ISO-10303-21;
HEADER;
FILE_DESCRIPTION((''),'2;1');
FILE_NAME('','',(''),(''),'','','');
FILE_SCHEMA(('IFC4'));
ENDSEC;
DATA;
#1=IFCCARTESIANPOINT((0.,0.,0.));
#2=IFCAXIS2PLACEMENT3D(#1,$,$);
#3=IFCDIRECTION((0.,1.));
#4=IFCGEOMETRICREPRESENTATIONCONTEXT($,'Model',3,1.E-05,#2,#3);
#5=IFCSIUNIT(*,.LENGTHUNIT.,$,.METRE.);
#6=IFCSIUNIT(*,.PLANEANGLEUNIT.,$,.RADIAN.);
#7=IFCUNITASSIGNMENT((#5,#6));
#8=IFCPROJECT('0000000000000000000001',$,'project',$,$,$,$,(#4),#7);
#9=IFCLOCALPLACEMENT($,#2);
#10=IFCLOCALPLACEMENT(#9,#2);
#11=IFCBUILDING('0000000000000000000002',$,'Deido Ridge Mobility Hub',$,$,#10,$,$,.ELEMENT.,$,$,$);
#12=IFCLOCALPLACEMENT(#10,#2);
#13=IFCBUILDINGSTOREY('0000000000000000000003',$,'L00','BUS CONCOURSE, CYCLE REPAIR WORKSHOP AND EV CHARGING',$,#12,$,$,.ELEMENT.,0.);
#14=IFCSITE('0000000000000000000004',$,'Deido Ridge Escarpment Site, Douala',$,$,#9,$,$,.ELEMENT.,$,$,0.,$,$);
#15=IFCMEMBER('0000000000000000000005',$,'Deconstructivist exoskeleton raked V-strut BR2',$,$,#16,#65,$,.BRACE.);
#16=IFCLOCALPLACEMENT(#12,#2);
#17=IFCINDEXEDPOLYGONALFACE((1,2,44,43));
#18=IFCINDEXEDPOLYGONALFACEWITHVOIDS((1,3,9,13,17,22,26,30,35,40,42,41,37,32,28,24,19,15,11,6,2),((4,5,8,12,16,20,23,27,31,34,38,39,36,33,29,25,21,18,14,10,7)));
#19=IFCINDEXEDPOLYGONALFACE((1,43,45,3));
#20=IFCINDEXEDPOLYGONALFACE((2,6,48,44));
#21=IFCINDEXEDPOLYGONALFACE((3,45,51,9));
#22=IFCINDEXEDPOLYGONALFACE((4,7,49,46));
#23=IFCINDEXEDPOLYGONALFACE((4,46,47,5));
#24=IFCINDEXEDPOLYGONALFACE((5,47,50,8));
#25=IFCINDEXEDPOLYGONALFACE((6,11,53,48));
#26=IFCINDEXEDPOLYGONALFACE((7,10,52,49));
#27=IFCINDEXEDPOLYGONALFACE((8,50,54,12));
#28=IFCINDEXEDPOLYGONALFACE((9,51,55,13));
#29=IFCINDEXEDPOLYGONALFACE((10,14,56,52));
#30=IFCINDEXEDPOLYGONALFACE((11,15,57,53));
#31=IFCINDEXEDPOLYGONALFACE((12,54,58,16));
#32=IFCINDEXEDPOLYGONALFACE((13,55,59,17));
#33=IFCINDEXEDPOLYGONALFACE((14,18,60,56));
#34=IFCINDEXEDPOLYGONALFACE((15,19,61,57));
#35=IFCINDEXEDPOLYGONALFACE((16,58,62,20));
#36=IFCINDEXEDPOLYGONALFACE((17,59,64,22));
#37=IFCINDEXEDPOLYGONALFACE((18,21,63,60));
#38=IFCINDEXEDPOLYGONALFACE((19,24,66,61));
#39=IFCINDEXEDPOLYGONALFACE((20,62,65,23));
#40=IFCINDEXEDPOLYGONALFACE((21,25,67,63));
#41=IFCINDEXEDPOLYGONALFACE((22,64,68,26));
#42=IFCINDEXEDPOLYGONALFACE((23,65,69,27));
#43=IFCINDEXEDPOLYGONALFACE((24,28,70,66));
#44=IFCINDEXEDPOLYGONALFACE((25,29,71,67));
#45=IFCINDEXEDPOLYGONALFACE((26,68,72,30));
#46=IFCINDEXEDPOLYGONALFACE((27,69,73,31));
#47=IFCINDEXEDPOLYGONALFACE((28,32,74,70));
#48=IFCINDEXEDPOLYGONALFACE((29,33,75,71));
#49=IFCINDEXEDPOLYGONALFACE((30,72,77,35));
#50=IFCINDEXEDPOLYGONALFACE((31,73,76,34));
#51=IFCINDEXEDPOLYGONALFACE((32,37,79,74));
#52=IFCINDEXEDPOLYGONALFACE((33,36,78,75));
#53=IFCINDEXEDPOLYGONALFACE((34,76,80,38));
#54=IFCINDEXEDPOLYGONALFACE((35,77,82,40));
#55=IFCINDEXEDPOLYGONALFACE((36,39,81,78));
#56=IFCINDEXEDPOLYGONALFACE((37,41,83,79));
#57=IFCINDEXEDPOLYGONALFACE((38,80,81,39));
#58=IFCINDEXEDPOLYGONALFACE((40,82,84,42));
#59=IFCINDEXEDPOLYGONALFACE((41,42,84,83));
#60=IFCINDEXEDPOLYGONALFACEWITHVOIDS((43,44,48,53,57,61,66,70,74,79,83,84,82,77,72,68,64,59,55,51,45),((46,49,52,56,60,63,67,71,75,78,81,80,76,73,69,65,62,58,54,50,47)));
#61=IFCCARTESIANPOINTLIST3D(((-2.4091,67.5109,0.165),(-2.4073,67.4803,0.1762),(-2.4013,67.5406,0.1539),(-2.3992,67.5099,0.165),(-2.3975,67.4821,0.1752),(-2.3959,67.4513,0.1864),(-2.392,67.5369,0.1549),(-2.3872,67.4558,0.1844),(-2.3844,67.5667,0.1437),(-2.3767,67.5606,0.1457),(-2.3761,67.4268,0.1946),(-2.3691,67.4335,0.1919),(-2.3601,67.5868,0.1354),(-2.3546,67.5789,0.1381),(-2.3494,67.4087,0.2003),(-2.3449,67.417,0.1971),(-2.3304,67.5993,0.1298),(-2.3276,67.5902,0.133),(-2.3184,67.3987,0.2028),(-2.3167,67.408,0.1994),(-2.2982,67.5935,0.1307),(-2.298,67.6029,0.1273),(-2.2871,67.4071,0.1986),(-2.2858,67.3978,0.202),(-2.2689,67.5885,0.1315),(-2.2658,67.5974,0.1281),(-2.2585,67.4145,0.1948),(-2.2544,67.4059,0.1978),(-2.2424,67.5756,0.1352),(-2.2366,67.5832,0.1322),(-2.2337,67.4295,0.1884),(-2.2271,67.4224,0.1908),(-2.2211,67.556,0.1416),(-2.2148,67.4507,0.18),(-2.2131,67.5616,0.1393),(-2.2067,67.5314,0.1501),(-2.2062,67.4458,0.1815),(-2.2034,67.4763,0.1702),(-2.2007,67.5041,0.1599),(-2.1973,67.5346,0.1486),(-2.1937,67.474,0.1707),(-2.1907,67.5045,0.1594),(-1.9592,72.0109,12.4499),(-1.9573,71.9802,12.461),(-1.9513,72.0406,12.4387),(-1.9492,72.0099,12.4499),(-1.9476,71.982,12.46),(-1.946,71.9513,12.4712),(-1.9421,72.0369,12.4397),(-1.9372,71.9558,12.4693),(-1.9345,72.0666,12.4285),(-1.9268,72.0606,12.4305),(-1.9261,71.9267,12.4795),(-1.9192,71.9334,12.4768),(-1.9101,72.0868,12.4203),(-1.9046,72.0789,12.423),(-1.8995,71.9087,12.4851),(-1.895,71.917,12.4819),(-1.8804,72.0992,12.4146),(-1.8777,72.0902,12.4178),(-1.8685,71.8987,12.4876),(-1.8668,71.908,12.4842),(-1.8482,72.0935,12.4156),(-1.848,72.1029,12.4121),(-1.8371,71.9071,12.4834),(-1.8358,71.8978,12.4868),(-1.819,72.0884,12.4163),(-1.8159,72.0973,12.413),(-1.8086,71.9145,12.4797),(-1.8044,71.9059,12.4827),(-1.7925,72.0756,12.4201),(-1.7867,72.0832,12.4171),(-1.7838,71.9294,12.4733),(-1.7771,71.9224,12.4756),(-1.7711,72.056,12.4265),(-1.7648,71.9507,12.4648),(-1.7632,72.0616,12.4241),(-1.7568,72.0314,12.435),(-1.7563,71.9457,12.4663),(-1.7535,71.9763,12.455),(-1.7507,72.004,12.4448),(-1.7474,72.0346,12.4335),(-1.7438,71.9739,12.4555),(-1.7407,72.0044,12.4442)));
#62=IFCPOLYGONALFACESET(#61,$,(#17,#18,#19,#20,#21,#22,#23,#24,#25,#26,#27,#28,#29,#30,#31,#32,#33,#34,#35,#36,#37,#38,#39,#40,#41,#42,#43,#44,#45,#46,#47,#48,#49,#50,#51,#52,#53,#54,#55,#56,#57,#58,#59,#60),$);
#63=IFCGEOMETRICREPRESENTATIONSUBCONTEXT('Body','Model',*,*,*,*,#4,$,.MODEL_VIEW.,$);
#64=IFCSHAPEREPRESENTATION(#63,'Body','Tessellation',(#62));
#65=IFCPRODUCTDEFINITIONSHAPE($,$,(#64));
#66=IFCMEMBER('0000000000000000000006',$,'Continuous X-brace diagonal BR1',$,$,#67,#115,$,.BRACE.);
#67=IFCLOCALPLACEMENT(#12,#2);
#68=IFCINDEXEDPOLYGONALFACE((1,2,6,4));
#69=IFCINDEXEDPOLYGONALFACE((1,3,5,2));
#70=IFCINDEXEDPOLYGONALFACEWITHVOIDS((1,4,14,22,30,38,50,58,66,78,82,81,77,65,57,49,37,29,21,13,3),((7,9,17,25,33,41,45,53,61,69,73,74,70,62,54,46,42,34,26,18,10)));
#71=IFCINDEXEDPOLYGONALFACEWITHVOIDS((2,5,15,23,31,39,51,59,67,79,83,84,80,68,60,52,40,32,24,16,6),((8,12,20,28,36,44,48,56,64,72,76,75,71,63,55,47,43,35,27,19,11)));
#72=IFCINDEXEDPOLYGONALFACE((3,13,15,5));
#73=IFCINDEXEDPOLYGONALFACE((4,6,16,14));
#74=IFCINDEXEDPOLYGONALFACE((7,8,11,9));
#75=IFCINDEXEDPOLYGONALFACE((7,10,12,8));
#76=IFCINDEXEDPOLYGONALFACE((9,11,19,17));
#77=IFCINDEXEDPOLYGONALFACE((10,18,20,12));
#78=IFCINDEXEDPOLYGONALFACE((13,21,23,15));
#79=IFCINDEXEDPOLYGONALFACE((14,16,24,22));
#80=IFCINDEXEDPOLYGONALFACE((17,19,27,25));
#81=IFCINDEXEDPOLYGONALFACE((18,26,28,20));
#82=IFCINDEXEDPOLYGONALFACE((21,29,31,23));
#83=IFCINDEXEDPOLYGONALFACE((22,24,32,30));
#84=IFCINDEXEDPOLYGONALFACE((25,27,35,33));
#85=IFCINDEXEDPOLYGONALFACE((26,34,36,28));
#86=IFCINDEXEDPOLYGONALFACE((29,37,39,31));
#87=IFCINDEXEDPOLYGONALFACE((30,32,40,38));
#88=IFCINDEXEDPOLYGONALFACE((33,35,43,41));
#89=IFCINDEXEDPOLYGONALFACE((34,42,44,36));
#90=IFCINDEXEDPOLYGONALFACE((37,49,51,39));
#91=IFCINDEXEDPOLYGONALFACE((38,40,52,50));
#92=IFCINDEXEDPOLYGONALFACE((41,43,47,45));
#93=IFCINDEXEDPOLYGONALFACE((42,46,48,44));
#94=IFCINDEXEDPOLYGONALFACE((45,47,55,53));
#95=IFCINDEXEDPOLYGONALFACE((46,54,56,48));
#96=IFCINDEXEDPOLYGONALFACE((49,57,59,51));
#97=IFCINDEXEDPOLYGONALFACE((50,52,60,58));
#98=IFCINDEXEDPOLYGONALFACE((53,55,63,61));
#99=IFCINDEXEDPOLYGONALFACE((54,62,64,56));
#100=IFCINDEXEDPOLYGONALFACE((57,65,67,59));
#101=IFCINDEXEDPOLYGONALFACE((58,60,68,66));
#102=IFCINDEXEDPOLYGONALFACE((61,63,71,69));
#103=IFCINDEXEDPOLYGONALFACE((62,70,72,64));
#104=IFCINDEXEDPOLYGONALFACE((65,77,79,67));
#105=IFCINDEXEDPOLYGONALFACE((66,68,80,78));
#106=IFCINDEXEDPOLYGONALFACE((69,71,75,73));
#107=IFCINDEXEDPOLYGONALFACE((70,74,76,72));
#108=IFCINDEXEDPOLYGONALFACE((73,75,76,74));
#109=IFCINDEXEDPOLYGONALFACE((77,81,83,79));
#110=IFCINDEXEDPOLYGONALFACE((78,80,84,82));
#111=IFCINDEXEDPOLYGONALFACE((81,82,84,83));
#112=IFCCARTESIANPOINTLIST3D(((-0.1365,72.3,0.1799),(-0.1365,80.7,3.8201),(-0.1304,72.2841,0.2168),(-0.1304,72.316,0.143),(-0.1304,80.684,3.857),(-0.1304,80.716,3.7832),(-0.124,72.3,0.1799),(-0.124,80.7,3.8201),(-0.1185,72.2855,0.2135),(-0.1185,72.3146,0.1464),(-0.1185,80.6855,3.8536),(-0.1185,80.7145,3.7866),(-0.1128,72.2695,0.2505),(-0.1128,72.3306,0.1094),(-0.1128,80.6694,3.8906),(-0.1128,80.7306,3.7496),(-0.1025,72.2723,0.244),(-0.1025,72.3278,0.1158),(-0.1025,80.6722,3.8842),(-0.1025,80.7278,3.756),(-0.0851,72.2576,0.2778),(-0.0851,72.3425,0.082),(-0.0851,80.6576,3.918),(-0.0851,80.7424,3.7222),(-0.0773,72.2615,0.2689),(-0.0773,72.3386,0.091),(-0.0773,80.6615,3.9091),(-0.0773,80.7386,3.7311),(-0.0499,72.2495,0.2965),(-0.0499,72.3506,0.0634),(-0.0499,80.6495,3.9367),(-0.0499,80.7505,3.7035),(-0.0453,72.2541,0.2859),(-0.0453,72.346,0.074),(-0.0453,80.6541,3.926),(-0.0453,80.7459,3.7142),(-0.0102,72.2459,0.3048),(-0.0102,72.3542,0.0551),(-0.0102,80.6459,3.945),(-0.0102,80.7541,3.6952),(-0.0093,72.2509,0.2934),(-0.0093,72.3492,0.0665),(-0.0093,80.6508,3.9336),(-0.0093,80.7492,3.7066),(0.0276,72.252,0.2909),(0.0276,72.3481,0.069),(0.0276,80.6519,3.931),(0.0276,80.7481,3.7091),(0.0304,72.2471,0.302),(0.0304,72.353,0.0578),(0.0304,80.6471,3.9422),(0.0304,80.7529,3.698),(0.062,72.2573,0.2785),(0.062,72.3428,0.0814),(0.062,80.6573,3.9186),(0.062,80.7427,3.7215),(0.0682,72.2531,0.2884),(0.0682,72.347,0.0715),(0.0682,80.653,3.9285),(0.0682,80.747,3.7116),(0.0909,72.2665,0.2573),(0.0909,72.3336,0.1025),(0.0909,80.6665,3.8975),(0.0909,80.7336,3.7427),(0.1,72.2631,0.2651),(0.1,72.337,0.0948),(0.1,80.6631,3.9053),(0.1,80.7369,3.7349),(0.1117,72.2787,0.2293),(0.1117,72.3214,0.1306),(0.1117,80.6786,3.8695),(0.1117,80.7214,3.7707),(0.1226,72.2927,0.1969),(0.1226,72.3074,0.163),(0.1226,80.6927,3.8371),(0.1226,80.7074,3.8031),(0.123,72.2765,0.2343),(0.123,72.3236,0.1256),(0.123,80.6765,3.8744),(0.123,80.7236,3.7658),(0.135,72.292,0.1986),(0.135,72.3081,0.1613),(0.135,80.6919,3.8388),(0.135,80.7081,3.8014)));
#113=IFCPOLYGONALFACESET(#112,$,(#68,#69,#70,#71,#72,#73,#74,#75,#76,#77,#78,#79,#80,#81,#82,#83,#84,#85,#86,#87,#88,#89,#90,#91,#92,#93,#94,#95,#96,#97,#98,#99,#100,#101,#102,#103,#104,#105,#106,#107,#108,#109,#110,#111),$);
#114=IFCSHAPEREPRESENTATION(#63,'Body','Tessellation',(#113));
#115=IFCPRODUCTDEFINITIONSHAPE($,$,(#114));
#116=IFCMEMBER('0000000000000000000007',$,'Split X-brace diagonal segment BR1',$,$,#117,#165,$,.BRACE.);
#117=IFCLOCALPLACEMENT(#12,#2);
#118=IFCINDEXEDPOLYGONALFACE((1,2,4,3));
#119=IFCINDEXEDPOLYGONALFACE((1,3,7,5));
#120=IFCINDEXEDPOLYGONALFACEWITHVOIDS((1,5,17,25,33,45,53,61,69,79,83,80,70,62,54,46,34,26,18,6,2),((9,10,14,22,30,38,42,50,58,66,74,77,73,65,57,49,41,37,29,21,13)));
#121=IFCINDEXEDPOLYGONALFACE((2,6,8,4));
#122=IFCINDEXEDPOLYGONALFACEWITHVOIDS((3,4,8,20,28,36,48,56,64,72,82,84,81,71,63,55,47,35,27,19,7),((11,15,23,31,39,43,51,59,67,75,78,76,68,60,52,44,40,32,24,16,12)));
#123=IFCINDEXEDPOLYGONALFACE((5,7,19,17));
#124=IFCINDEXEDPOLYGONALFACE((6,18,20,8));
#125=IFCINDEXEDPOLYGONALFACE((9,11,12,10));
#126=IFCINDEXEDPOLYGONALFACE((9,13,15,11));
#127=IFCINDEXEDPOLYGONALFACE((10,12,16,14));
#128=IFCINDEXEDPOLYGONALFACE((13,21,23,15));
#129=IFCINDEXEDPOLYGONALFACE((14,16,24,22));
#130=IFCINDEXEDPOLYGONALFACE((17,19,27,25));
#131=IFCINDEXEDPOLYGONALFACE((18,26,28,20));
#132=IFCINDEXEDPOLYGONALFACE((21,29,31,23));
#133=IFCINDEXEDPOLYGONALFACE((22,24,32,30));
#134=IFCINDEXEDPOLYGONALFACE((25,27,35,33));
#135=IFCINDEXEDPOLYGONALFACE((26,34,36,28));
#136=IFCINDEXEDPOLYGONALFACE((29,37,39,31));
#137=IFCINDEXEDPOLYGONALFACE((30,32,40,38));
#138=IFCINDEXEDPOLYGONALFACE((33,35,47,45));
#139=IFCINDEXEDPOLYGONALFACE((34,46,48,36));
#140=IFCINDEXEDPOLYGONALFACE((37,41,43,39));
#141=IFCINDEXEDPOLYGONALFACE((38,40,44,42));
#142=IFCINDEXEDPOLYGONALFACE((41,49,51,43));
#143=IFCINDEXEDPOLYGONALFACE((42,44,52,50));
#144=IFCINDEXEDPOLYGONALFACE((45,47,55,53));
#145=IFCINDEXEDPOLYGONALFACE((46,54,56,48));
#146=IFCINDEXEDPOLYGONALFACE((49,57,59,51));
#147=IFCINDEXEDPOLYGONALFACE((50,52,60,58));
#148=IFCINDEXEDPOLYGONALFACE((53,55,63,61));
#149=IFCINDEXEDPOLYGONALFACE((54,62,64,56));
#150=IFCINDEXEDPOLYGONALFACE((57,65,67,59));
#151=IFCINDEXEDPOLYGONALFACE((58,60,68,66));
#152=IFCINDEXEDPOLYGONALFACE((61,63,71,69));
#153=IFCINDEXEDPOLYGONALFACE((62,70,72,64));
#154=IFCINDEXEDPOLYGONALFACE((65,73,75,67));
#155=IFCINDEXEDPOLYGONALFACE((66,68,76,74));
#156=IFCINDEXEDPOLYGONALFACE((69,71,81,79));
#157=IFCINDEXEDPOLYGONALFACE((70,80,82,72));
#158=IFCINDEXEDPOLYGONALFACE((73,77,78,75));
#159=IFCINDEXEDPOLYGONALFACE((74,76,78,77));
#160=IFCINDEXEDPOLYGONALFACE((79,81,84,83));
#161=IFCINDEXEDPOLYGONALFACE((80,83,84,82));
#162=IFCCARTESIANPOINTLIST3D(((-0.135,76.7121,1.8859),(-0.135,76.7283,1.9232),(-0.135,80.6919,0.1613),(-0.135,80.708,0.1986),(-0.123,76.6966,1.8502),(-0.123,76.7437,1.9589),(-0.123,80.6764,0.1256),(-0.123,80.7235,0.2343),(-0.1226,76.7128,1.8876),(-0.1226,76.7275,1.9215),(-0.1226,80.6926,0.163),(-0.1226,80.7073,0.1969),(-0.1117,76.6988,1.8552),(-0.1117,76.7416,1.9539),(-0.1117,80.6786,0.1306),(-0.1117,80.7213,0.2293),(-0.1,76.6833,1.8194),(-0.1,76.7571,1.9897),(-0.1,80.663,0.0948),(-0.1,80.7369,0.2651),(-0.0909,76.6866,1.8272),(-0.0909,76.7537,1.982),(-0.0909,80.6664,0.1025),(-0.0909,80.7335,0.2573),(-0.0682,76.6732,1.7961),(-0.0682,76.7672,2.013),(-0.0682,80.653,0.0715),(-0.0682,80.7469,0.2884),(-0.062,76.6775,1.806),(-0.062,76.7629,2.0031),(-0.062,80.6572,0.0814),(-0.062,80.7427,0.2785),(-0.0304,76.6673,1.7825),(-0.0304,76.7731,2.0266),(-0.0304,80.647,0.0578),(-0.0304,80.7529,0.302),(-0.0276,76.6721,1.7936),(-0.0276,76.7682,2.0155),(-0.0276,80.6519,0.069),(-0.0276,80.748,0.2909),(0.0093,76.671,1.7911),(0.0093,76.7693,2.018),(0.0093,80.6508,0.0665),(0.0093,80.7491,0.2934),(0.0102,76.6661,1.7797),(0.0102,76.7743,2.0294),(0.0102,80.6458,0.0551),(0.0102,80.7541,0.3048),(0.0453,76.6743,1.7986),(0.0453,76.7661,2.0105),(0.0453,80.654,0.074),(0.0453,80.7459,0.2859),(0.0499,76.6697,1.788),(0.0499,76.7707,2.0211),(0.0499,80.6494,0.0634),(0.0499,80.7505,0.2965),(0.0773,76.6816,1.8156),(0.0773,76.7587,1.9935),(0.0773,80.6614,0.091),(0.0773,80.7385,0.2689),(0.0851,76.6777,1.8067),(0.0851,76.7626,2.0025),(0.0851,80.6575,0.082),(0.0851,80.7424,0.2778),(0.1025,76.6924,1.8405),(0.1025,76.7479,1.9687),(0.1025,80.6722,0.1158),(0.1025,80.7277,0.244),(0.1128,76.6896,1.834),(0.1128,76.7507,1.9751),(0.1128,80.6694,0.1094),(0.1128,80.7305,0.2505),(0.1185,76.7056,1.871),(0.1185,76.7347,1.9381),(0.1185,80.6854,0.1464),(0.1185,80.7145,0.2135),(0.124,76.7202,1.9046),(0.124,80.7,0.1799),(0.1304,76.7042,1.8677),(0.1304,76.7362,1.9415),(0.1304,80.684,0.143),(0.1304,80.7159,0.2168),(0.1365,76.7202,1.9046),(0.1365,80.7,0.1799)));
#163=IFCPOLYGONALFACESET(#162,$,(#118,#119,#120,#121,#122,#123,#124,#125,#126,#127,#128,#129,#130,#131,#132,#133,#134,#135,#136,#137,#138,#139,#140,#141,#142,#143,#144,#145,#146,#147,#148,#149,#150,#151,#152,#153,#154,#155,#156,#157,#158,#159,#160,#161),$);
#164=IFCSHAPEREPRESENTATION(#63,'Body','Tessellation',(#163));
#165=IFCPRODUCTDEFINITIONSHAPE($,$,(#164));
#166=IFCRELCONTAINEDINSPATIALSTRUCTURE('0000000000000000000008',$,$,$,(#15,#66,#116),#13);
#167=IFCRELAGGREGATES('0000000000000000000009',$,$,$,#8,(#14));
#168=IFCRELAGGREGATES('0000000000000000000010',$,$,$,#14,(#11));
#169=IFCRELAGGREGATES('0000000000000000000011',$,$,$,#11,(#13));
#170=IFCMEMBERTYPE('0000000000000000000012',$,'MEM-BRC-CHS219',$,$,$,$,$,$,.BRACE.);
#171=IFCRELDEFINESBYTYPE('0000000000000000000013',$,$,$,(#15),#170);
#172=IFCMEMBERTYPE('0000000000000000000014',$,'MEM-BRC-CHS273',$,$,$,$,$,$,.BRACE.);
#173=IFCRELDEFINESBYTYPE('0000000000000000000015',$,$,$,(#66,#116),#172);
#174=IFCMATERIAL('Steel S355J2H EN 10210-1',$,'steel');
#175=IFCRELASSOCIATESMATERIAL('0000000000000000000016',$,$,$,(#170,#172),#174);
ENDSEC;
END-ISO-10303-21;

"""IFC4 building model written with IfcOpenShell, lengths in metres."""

from ifc_helpers import new_model, si_unit, direction, frame, origin, origin_2d, place, context, subcontext, project, spatial, hollow_circle, extrude, material, material_profile, profile_set, type_object, element, save


model = new_model("IFC4")

# Units and contexts
model_context = context("Model", 3, precision=1e-05, world=origin(), true_north=direction((0.0, 1.0)))
body_context = subcontext(model_context, "Body", "Model", "MODEL_VIEW")
ifc_project = project(units=[si_unit("LENGTHUNIT", "METRE"), si_unit("PLANEANGLEUNIT", "RADIAN")], contexts=[model_context])

# Site, building, storey
site_placement = place(None, origin())
site = spatial("IfcSite", under=ifc_project, at=site_placement, Name="Deido Ridge Escarpment Site, Douala", CompositionType="ELEMENT", RefElevation=0.0)
building_placement = place(site_placement, origin())
building = spatial("IfcBuilding", under=site, at=building_placement, Name="Deido Ridge Mobility Hub", CompositionType="ELEMENT")
storey_placement = place(building_placement, origin())
storey = spatial("IfcBuildingStorey", under=building, at=storey_placement, Name="L00", Description="BUS CONCOURSE, CYCLE REPAIR WORKSHOP AND EV CHARGING", CompositionType="ELEMENT", Elevation=0.0)

# Members
ifc_material_1 = material(Name="Steel S355J2H EN 10210-1", Category="steel")
ifc_material_profile_1 = material_profile(ifc_material_1, hollow_circle(Radius=0.1096, WallThickness=0.01, at=origin_2d()), Name="CHS 219.1x10")
ifc_profile_set_1 = profile_set([ifc_material_profile_1], Name="Steel S355J2H EN 10210-1")
member_type_1 = type_object("IfcMemberType", Name="MEM-BRC-CHS219", PredefinedType="BRACE", material=ifc_profile_set_1)
for number, where, z_axis, x_axis, name in (
    (1, (-2.3, 67.5, 0.165), (0.034371, 0.34375, 0.938432), (-0.995038, 0.099493, 0.0), "Deconstructivist exoskeleton raked V-strut BR2"),
):
    element("IfcMember", number, at=place(storey_placement, frame(where, z_axis=z_axis, x_axis=x_axis)), inside=storey, type_object=member_type_1, Name=name, PredefinedType="BRACE", context=body_context, shape_type="SweptSolid", body=[
        extrude(hollow_circle(Radius=0.1096, WallThickness=0.01, at=origin_2d()), origin(), (0.0, 0.0, 1.0), 13.0908),
    ])
ifc_material_profile_2 = material_profile(ifc_material_1, hollow_circle(Radius=0.1365, WallThickness=0.0125, at=origin_2d()), Name="CHS 273x12.5")
ifc_profile_set_2 = profile_set([ifc_material_profile_2], Name="Steel S355J2H EN 10210-1")
member_type_2 = type_object("IfcMemberType", Name="MEM-BRC-CHS273", PredefinedType="BRACE", material=ifc_profile_set_2)
member_1_placement = place(storey_placement, frame((0.0, 72.3, 0.1799), z_axis=(0.0, 0.917548, 0.397624), x_axis=(-1.0, 0.0, 0.0)))
element("IfcMember", 2, at=member_1_placement, inside=storey, type_object=member_type_2, Name="Continuous X-brace diagonal BR1", PredefinedType="BRACE", context=body_context, shape_type="SweptSolid", body=[
    extrude(hollow_circle(Radius=0.1365, WallThickness=0.0125, at=origin_2d()), origin(), (0.0, 0.0, 1.0), 9.1548),
])
for number, where, z_axis, x_axis, name in (
    (3, (0.0, 80.7, 0.1799), (0.0, -0.917551, 0.397618), (1.0, 0.0, 0.0), "Split X-brace diagonal segment BR1"),
):
    element("IfcMember", number, at=place(storey_placement, frame(where, z_axis=z_axis, x_axis=x_axis)), inside=storey, type_object=member_type_2, Name=name, PredefinedType="BRACE", context=body_context, shape_type="SweptSolid", body=[
        extrude(hollow_circle(Radius=0.1365, WallThickness=0.0125, at=origin_2d()), origin(), (0.0, 0.0, 1.0), 4.3374),
    ])

save(model, "model.ifc")
